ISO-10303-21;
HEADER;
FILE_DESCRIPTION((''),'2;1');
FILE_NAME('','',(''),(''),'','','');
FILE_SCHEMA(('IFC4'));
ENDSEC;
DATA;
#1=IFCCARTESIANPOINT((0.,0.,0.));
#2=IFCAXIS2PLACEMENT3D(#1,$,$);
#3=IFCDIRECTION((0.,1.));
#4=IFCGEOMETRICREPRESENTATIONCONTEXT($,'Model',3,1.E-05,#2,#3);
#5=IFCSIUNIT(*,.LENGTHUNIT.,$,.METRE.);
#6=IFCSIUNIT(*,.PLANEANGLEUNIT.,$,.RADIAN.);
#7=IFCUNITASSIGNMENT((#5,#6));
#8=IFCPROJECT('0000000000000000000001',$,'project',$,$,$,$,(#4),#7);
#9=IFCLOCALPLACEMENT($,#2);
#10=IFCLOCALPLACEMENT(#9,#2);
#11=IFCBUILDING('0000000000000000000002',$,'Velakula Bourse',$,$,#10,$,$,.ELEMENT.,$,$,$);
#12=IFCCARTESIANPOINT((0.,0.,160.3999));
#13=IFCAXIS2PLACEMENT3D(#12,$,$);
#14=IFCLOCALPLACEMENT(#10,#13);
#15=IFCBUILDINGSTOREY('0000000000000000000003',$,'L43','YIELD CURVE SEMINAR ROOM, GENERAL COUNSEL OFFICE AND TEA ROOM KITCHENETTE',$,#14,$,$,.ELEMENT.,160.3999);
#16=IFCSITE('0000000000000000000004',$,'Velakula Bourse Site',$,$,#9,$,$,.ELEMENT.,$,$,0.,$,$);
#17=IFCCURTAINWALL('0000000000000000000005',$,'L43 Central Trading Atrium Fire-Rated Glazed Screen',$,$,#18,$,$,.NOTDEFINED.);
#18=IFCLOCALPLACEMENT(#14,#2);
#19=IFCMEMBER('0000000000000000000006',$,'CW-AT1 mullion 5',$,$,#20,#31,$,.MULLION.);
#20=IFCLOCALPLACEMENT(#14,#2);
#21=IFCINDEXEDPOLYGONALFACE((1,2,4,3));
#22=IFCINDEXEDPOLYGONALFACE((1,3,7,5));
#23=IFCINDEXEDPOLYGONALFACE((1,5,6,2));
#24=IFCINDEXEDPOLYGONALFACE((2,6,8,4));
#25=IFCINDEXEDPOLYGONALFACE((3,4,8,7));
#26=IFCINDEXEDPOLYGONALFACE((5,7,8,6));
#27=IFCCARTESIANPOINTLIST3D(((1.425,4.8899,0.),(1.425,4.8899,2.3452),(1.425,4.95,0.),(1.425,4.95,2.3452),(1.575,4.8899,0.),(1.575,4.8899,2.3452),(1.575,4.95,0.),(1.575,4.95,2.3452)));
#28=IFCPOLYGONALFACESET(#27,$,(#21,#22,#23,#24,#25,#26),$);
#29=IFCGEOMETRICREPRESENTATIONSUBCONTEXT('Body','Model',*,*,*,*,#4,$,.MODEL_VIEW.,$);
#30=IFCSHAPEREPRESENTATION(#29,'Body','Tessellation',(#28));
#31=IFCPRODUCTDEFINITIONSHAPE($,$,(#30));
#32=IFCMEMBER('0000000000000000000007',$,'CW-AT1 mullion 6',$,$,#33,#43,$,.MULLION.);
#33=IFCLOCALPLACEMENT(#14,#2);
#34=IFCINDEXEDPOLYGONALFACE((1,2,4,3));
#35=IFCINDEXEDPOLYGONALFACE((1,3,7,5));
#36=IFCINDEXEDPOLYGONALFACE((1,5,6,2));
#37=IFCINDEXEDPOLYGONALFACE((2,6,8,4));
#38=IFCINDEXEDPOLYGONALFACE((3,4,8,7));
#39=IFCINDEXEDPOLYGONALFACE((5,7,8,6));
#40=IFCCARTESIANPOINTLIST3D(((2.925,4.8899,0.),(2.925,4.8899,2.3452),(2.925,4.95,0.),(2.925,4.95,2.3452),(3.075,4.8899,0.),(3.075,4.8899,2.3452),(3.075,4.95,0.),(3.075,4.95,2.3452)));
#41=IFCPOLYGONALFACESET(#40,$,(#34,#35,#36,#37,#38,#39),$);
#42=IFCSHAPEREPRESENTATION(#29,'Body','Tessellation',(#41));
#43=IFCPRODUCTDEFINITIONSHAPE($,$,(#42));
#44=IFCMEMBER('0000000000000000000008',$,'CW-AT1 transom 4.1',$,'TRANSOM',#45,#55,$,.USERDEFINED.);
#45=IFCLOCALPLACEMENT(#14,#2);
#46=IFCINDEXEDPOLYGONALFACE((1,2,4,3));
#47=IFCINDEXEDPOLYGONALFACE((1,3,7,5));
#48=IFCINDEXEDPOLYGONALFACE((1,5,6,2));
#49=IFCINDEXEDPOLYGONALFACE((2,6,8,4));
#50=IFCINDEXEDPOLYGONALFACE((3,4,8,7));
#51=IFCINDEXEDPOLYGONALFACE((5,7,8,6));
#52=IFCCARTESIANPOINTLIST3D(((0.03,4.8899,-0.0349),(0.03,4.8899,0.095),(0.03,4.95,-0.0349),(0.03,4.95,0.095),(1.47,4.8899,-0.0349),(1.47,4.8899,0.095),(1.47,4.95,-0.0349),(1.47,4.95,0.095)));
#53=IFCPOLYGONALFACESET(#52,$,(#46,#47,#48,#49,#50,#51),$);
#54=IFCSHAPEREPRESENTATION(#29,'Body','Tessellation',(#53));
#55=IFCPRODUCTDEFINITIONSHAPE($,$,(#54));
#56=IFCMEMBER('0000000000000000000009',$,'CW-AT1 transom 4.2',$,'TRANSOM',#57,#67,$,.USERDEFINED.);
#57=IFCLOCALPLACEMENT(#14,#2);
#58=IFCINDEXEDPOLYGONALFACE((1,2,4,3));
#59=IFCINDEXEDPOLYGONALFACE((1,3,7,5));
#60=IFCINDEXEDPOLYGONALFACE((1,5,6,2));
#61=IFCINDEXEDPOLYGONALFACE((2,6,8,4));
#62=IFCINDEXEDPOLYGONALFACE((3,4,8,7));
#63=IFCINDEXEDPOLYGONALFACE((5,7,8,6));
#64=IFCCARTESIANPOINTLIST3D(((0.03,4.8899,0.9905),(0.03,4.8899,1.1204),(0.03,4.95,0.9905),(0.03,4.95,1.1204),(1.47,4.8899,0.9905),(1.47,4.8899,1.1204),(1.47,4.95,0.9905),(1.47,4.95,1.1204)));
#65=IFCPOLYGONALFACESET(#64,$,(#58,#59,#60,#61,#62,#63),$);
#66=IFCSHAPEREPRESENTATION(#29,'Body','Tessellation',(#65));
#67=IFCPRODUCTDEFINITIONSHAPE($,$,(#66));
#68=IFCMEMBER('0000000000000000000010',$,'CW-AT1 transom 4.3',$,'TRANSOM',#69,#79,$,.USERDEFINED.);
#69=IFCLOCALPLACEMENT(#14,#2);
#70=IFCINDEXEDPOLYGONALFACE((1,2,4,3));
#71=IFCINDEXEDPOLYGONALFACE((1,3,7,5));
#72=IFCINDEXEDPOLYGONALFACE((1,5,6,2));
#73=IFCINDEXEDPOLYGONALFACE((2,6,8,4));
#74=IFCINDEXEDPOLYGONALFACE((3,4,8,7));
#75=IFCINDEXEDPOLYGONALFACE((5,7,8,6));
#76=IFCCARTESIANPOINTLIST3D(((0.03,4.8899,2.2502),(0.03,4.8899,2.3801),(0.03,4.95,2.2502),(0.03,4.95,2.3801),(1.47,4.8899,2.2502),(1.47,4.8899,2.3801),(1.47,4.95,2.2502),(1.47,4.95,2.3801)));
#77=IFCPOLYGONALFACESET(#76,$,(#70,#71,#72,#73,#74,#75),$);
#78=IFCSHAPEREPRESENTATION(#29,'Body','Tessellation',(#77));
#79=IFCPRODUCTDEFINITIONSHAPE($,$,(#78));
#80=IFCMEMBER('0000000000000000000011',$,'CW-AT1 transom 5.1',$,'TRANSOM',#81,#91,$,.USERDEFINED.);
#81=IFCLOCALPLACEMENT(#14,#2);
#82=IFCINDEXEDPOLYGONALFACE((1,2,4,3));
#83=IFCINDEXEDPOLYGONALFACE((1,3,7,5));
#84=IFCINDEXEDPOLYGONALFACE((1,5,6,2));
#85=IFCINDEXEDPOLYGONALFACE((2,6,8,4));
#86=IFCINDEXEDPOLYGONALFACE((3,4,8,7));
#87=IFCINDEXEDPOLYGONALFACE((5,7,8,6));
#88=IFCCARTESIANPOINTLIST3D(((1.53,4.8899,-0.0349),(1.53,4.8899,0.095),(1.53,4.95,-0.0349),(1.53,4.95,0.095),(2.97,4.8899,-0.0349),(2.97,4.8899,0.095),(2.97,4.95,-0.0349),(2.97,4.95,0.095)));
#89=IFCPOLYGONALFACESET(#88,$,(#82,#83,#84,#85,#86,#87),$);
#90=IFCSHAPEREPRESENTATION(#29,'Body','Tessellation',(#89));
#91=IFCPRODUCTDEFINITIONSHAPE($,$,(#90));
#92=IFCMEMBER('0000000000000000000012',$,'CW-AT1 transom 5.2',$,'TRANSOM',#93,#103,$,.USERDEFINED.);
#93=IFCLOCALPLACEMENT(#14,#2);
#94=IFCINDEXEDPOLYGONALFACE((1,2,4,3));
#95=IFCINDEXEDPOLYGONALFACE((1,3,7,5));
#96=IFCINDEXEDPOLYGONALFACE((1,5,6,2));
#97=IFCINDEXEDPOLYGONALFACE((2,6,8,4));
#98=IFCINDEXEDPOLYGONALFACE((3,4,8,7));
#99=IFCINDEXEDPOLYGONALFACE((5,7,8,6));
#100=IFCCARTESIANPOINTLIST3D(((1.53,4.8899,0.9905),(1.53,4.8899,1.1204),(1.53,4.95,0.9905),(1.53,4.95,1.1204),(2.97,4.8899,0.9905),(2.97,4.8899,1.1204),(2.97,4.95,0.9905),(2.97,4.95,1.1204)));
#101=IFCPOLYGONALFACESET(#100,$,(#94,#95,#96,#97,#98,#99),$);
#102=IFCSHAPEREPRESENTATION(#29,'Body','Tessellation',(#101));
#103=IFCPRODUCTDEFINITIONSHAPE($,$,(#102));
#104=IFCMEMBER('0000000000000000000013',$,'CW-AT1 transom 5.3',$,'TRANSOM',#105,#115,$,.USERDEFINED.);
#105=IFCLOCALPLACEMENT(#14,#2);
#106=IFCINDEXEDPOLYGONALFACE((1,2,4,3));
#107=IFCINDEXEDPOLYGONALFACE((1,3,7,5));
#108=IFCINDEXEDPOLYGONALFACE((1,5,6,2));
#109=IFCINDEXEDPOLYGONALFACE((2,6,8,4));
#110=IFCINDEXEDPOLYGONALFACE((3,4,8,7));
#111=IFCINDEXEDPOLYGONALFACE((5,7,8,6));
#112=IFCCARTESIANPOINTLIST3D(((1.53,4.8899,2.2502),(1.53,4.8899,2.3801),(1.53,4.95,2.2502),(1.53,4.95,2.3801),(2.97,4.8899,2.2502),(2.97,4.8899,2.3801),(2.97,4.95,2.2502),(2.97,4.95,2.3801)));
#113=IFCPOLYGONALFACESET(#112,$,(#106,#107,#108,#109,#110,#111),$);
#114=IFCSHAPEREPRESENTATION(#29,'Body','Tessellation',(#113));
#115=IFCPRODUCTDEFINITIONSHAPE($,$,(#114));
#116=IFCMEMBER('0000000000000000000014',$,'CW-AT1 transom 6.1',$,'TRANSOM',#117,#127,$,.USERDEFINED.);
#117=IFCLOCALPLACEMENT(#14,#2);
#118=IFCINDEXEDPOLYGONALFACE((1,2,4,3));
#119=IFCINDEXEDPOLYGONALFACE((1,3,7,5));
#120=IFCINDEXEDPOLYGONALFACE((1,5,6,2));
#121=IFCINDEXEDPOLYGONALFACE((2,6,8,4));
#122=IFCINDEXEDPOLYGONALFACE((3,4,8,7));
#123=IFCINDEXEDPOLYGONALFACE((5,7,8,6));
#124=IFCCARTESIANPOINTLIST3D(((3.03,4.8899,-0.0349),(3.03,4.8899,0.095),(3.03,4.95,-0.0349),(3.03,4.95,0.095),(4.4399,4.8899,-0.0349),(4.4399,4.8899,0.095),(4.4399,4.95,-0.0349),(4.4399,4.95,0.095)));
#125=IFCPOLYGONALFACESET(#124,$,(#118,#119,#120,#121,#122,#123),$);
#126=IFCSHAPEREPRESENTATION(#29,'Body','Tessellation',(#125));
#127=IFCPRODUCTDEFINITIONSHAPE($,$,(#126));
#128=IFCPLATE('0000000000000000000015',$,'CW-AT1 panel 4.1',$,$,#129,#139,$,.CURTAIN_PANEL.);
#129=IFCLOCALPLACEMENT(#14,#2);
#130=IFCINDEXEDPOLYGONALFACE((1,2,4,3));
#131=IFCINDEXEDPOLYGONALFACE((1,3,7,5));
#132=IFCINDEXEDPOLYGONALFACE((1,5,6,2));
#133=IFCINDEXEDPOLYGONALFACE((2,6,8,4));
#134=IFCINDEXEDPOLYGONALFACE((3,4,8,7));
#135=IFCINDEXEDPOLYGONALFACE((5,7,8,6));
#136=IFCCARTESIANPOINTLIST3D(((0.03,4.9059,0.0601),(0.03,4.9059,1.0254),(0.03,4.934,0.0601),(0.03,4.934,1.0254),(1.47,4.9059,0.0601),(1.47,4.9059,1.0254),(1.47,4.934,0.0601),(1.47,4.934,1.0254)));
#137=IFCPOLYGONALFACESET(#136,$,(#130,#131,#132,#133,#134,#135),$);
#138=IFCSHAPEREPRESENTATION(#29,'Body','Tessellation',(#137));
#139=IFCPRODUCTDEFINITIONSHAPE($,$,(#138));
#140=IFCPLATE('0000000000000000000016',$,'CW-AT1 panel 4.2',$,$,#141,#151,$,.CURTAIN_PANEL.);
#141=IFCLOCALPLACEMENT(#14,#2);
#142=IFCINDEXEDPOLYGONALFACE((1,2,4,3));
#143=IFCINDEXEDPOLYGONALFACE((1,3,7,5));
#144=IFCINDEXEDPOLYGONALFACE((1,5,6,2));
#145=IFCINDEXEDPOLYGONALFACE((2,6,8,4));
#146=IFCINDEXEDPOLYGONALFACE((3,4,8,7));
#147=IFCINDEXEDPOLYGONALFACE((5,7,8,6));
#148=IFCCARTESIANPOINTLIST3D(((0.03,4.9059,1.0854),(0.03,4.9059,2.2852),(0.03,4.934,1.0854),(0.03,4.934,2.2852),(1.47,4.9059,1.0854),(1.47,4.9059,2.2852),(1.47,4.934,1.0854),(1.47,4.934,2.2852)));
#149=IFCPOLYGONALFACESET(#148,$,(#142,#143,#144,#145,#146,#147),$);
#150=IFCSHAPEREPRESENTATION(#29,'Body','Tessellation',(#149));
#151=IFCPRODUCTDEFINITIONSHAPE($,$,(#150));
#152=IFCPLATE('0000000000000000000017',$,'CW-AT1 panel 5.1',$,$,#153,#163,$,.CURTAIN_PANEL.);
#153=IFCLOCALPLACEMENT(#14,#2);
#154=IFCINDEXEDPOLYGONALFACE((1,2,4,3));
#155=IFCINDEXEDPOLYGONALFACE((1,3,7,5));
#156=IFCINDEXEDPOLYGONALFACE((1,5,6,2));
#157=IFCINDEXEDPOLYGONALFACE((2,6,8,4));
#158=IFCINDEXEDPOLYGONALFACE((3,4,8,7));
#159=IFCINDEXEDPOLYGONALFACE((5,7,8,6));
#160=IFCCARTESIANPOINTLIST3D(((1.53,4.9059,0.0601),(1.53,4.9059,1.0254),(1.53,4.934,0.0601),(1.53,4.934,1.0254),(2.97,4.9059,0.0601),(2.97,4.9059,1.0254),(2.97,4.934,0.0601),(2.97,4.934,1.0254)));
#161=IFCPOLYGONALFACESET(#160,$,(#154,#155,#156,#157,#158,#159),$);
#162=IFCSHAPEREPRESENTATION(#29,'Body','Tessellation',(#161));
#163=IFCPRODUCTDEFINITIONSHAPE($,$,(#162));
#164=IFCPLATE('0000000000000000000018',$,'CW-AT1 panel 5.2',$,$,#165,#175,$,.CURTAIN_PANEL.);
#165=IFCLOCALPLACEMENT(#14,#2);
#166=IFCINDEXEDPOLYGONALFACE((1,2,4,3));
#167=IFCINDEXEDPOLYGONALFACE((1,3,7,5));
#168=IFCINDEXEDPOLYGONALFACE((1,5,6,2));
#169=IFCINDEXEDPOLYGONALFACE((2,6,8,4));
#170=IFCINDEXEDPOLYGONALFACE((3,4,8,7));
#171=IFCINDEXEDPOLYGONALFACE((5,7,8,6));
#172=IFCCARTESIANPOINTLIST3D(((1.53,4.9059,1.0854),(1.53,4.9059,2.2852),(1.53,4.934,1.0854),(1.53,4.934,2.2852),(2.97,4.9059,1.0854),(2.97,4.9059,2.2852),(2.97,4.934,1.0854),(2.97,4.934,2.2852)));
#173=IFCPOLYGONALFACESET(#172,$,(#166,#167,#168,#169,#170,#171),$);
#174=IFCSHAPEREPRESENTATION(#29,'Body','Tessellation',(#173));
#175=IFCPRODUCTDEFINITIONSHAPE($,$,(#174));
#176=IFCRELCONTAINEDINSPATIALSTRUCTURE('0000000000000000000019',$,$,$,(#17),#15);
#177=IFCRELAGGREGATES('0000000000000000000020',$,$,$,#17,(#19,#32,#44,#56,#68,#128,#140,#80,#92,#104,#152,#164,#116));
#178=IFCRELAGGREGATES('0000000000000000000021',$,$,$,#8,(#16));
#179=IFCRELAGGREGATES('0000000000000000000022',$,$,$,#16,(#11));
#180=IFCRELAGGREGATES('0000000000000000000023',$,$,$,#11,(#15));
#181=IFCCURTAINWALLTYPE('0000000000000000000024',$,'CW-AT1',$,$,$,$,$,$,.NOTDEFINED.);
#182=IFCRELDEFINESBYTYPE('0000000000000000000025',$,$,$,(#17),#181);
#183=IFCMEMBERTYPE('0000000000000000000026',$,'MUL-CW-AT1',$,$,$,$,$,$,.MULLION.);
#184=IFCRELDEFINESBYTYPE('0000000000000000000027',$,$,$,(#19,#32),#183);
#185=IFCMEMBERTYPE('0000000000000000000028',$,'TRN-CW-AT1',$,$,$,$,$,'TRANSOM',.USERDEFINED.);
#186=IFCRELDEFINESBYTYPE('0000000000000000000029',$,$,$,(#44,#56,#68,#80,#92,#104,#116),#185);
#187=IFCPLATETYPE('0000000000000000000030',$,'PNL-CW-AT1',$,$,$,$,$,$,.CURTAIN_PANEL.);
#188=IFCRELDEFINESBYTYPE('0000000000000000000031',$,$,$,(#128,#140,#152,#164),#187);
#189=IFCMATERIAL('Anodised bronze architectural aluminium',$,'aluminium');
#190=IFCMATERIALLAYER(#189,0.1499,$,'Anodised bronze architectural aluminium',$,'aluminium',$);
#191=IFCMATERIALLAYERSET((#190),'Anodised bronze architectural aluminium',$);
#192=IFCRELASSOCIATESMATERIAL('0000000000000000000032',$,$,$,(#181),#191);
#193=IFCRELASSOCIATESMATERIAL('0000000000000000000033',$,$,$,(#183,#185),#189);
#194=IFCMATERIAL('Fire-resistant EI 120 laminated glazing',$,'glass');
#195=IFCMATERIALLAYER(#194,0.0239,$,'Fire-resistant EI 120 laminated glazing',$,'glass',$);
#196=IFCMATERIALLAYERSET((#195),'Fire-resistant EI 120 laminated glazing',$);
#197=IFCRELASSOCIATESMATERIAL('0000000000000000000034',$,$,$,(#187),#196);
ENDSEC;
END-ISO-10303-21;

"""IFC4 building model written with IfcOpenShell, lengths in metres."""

from ifc_helpers import new_model, si_unit, direction, frame, origin, origin_2d, place, context, subcontext, project, spatial, rectangle, extrude, material, layer, layer_set, material_profile, profile_set, type_object, element, aggregate, save


model = new_model("IFC4")

# Units and contexts
model_context = context("Model", 3, precision=1e-05, world=origin(), true_north=direction((0.0, 1.0)))
body_context = subcontext(model_context, "Body", "Model", "MODEL_VIEW")
ifc_project = project(units=[si_unit("LENGTHUNIT", "METRE"), si_unit("PLANEANGLEUNIT", "RADIAN")], contexts=[model_context])

# Site, building, storey
site_placement = place(None, origin())
site = spatial("IfcSite", under=ifc_project, at=site_placement, Name="Velakula Bourse Site", CompositionType="ELEMENT", RefElevation=0.0)
building_placement = place(site_placement, origin())
building = spatial("IfcBuilding", under=site, at=building_placement, Name="Velakula Bourse", CompositionType="ELEMENT")
storey_placement = place(building_placement, frame((0.0, 0.0, 160.3999)))
storey = spatial("IfcBuildingStorey", under=building, at=storey_placement, Name="L43", Description="YIELD CURVE SEMINAR ROOM, GENERAL COUNSEL OFFICE AND TEA ROOM KITCHENETTE", CompositionType="ELEMENT", Elevation=160.3999)

# Curtain wall, members, plates
ifc_material_1 = material(Name="Anodised bronze architectural aluminium", Category="aluminium")
ifc_layer_1 = layer(ifc_material_1, 0.1499, Name="Anodised bronze architectural aluminium", Category="aluminium")
ifc_layer_set_1 = layer_set([ifc_layer_1], Name="Anodised bronze architectural aluminium")
curtain_wall_type = type_object("IfcCurtainWallType", Name="CW-AT1", PredefinedType="NOTDEFINED", material=ifc_layer_set_1)
curtain_wall_placement = place(storey_placement, origin())
curtain_wall = element("IfcCurtainWall", 1, at=curtain_wall_placement, inside=storey, type_object=curtain_wall_type, Name="L43 Central Trading Atrium Fire-Rated Glazed Screen", PredefinedType="NOTDEFINED")
ifc_material_profile_1 = material_profile(ifc_material_1, rectangle(XDim=0.0601, YDim=0.1499, at=origin_2d()), Name="Anodised bronze architectural aluminium")
ifc_profile_set_1 = profile_set([ifc_material_profile_1], Name="Anodised bronze architectural aluminium")
member_type_1 = type_object("IfcMemberType", Name="MUL-CW-AT1", PredefinedType="MULLION", material=ifc_profile_set_1)
member_1_placement = place(storey_placement, frame((1.5, 4.9199, 0.0), z_axis=(0.0, 0.0, 1.0), x_axis=(0.0, 1.0, 0.0)))
member_1 = element("IfcMember", 2, at=member_1_placement, type_object=member_type_1, Name="CW-AT1 mullion 5", PredefinedType="MULLION", context=body_context, shape_type="SweptSolid", body=[
    extrude(rectangle(XDim=0.0601, YDim=0.1499, at=origin_2d()), origin(), (0.0, 0.0, 1.0), 2.3452),
])
member_2_placement = place(storey_placement, frame((3.0, 4.9199, 0.0), z_axis=(0.0, 0.0, 1.0), x_axis=(0.0, 1.0, 0.0)))
member_2 = element("IfcMember", 3, at=member_2_placement, type_object=member_type_1, Name="CW-AT1 mullion 6", PredefinedType="MULLION", context=body_context, shape_type="SweptSolid", body=[
    extrude(rectangle(XDim=0.0601, YDim=0.1499, at=origin_2d()), origin(), (0.0, 0.0, 1.0), 2.3452),
])
ifc_material_profile_2 = material_profile(ifc_material_1, rectangle(XDim=0.0601, YDim=0.1299, at=origin_2d()), Name="Anodised bronze architectural aluminium")
ifc_profile_set_2 = profile_set([ifc_material_profile_2], Name="Anodised bronze architectural aluminium")
member_type_2 = type_object("IfcMemberType", Name="TRN-CW-AT1", ElementType="TRANSOM", PredefinedType="USERDEFINED", material=ifc_profile_set_2)
member_3_placement = place(storey_placement, frame((0.03, 4.9199, 0.03), z_axis=(1.0, 0.0, 0.0), x_axis=(0.0, 1.0, 0.0)))
member_3 = element("IfcMember", 4, at=member_3_placement, type_object=member_type_2, Name="CW-AT1 transom 4.1", ObjectType="TRANSOM", PredefinedType="USERDEFINED", context=body_context, shape_type="SweptSolid", body=[
    extrude(rectangle(XDim=0.0601, YDim=0.1299, at=origin_2d()), origin(), (0.0, 0.0, 1.0), 1.4399),
])
member_4_placement = place(storey_placement, frame((0.03, 4.9199, 1.0554), z_axis=(1.0, 0.0, 0.0), x_axis=(0.0, 1.0, 0.0)))
member_4 = element("IfcMember", 5, at=member_4_placement, type_object=member_type_2, Name="CW-AT1 transom 4.2", ObjectType="TRANSOM", PredefinedType="USERDEFINED", context=body_context, shape_type="SweptSolid", body=[
    extrude(rectangle(XDim=0.0601, YDim=0.1299, at=origin_2d()), origin(), (0.0, 0.0, 1.0), 1.4399),
])
member_5_placement = place(storey_placement, frame((0.03, 4.9199, 2.3152), z_axis=(1.0, 0.0, 0.0), x_axis=(0.0, 1.0, 0.0)))
member_5 = element("IfcMember", 6, at=member_5_placement, type_object=member_type_2, Name="CW-AT1 transom 4.3", ObjectType="TRANSOM", PredefinedType="USERDEFINED", context=body_context, shape_type="SweptSolid", body=[
    extrude(rectangle(XDim=0.0601, YDim=0.1299, at=origin_2d()), origin(), (0.0, 0.0, 1.0), 1.4399),
])
member_6_placement = place(storey_placement, frame((1.53, 4.9199, 0.03), z_axis=(1.0, 0.0, 0.0), x_axis=(0.0, 1.0, 0.0)))
member_6 = element("IfcMember", 7, at=member_6_placement, type_object=member_type_2, Name="CW-AT1 transom 5.1", ObjectType="TRANSOM", PredefinedType="USERDEFINED", context=body_context, shape_type="SweptSolid", body=[
    extrude(rectangle(XDim=0.0601, YDim=0.1299, at=origin_2d()), origin(), (0.0, 0.0, 1.0), 1.4399),
])
member_7_placement = place(storey_placement, frame((1.53, 4.9199, 1.0554), z_axis=(1.0, 0.0, 0.0), x_axis=(0.0, 1.0, 0.0)))
member_7 = element("IfcMember", 8, at=member_7_placement, type_object=member_type_2, Name="CW-AT1 transom 5.2", ObjectType="TRANSOM", PredefinedType="USERDEFINED", context=body_context, shape_type="SweptSolid", body=[
    extrude(rectangle(XDim=0.0601, YDim=0.1299, at=origin_2d()), origin(), (0.0, 0.0, 1.0), 1.4399),
])
member_8_placement = place(storey_placement, frame((1.53, 4.9199, 2.3152), z_axis=(1.0, 0.0, 0.0), x_axis=(0.0, 1.0, 0.0)))
member_8 = element("IfcMember", 9, at=member_8_placement, type_object=member_type_2, Name="CW-AT1 transom 5.3", ObjectType="TRANSOM", PredefinedType="USERDEFINED", context=body_context, shape_type="SweptSolid", body=[
    extrude(rectangle(XDim=0.0601, YDim=0.1299, at=origin_2d()), origin(), (0.0, 0.0, 1.0), 1.4399),
])
member_9_placement = place(storey_placement, frame((3.03, 4.9199, 0.03), z_axis=(1.0, 0.0, 0.0), x_axis=(0.0, 1.0, 0.0)))
member_9 = element("IfcMember", 10, at=member_9_placement, type_object=member_type_2, Name="CW-AT1 transom 6.1", ObjectType="TRANSOM", PredefinedType="USERDEFINED", context=body_context, shape_type="SweptSolid", body=[
    extrude(rectangle(XDim=0.0601, YDim=0.1299, at=origin_2d()), origin(), (0.0, 0.0, 1.0), 1.4099),
])
ifc_material_2 = material(Name="Fire-resistant EI 120 laminated glazing", Category="glass")
ifc_layer_2 = layer(ifc_material_2, 0.0239, Name="Fire-resistant EI 120 laminated glazing", Category="glass")
ifc_layer_set_2 = layer_set([ifc_layer_2], Name="Fire-resistant EI 120 laminated glazing")
plate_type = type_object("IfcPlateType", Name="PNL-CW-AT1", PredefinedType="CURTAIN_PANEL", material=ifc_layer_set_2)
plate_1_placement = place(storey_placement, frame((0.75, 4.9199, 0.0601), z_axis=(0.0, 0.0, 1.0), x_axis=(1.0, 0.0, 0.0)))
plate_1 = element("IfcPlate", 11, at=plate_1_placement, type_object=plate_type, Name="CW-AT1 panel 4.1", PredefinedType="CURTAIN_PANEL", context=body_context, shape_type="SweptSolid", body=[
    extrude(rectangle(XDim=1.4399, YDim=0.0281, at=origin_2d()), origin(), (0.0, 0.0, 1.0), 0.9653),
])
plate_2_placement = place(storey_placement, frame((0.75, 4.9199, 1.0854), z_axis=(0.0, 0.0, 1.0), x_axis=(1.0, 0.0, 0.0)))
plate_2 = element("IfcPlate", 12, at=plate_2_placement, type_object=plate_type, Name="CW-AT1 panel 4.2", PredefinedType="CURTAIN_PANEL", context=body_context, shape_type="SweptSolid", body=[
    extrude(rectangle(XDim=1.4399, YDim=0.0281, at=origin_2d()), origin(), (0.0, 0.0, 1.0), 1.1997),
])
plate_3_placement = place(storey_placement, frame((2.25, 4.9199, 0.0601), z_axis=(0.0, 0.0, 1.0), x_axis=(1.0, 0.0, 0.0)))
plate_3 = element("IfcPlate", 13, at=plate_3_placement, type_object=plate_type, Name="CW-AT1 panel 5.1", PredefinedType="CURTAIN_PANEL", context=body_context, shape_type="SweptSolid", body=[
    extrude(rectangle(XDim=1.4399, YDim=0.0281, at=origin_2d()), origin(), (0.0, 0.0, 1.0), 0.9653),
])
plate_4_placement = place(storey_placement, frame((2.25, 4.9199, 1.0854), z_axis=(0.0, 0.0, 1.0), x_axis=(1.0, 0.0, 0.0)))
plate_4 = element("IfcPlate", 14, at=plate_4_placement, type_object=plate_type, Name="CW-AT1 panel 5.2", PredefinedType="CURTAIN_PANEL", context=body_context, shape_type="SweptSolid", body=[
    extrude(rectangle(XDim=1.4399, YDim=0.0281, at=origin_2d()), origin(), (0.0, 0.0, 1.0), 1.1997),
])
aggregate(curtain_wall, [member_1, member_2, member_3, member_4, member_5, plate_1, plate_2, member_6, member_7, member_8, plate_3, plate_4, member_9])

save(model, "model.ifc")
